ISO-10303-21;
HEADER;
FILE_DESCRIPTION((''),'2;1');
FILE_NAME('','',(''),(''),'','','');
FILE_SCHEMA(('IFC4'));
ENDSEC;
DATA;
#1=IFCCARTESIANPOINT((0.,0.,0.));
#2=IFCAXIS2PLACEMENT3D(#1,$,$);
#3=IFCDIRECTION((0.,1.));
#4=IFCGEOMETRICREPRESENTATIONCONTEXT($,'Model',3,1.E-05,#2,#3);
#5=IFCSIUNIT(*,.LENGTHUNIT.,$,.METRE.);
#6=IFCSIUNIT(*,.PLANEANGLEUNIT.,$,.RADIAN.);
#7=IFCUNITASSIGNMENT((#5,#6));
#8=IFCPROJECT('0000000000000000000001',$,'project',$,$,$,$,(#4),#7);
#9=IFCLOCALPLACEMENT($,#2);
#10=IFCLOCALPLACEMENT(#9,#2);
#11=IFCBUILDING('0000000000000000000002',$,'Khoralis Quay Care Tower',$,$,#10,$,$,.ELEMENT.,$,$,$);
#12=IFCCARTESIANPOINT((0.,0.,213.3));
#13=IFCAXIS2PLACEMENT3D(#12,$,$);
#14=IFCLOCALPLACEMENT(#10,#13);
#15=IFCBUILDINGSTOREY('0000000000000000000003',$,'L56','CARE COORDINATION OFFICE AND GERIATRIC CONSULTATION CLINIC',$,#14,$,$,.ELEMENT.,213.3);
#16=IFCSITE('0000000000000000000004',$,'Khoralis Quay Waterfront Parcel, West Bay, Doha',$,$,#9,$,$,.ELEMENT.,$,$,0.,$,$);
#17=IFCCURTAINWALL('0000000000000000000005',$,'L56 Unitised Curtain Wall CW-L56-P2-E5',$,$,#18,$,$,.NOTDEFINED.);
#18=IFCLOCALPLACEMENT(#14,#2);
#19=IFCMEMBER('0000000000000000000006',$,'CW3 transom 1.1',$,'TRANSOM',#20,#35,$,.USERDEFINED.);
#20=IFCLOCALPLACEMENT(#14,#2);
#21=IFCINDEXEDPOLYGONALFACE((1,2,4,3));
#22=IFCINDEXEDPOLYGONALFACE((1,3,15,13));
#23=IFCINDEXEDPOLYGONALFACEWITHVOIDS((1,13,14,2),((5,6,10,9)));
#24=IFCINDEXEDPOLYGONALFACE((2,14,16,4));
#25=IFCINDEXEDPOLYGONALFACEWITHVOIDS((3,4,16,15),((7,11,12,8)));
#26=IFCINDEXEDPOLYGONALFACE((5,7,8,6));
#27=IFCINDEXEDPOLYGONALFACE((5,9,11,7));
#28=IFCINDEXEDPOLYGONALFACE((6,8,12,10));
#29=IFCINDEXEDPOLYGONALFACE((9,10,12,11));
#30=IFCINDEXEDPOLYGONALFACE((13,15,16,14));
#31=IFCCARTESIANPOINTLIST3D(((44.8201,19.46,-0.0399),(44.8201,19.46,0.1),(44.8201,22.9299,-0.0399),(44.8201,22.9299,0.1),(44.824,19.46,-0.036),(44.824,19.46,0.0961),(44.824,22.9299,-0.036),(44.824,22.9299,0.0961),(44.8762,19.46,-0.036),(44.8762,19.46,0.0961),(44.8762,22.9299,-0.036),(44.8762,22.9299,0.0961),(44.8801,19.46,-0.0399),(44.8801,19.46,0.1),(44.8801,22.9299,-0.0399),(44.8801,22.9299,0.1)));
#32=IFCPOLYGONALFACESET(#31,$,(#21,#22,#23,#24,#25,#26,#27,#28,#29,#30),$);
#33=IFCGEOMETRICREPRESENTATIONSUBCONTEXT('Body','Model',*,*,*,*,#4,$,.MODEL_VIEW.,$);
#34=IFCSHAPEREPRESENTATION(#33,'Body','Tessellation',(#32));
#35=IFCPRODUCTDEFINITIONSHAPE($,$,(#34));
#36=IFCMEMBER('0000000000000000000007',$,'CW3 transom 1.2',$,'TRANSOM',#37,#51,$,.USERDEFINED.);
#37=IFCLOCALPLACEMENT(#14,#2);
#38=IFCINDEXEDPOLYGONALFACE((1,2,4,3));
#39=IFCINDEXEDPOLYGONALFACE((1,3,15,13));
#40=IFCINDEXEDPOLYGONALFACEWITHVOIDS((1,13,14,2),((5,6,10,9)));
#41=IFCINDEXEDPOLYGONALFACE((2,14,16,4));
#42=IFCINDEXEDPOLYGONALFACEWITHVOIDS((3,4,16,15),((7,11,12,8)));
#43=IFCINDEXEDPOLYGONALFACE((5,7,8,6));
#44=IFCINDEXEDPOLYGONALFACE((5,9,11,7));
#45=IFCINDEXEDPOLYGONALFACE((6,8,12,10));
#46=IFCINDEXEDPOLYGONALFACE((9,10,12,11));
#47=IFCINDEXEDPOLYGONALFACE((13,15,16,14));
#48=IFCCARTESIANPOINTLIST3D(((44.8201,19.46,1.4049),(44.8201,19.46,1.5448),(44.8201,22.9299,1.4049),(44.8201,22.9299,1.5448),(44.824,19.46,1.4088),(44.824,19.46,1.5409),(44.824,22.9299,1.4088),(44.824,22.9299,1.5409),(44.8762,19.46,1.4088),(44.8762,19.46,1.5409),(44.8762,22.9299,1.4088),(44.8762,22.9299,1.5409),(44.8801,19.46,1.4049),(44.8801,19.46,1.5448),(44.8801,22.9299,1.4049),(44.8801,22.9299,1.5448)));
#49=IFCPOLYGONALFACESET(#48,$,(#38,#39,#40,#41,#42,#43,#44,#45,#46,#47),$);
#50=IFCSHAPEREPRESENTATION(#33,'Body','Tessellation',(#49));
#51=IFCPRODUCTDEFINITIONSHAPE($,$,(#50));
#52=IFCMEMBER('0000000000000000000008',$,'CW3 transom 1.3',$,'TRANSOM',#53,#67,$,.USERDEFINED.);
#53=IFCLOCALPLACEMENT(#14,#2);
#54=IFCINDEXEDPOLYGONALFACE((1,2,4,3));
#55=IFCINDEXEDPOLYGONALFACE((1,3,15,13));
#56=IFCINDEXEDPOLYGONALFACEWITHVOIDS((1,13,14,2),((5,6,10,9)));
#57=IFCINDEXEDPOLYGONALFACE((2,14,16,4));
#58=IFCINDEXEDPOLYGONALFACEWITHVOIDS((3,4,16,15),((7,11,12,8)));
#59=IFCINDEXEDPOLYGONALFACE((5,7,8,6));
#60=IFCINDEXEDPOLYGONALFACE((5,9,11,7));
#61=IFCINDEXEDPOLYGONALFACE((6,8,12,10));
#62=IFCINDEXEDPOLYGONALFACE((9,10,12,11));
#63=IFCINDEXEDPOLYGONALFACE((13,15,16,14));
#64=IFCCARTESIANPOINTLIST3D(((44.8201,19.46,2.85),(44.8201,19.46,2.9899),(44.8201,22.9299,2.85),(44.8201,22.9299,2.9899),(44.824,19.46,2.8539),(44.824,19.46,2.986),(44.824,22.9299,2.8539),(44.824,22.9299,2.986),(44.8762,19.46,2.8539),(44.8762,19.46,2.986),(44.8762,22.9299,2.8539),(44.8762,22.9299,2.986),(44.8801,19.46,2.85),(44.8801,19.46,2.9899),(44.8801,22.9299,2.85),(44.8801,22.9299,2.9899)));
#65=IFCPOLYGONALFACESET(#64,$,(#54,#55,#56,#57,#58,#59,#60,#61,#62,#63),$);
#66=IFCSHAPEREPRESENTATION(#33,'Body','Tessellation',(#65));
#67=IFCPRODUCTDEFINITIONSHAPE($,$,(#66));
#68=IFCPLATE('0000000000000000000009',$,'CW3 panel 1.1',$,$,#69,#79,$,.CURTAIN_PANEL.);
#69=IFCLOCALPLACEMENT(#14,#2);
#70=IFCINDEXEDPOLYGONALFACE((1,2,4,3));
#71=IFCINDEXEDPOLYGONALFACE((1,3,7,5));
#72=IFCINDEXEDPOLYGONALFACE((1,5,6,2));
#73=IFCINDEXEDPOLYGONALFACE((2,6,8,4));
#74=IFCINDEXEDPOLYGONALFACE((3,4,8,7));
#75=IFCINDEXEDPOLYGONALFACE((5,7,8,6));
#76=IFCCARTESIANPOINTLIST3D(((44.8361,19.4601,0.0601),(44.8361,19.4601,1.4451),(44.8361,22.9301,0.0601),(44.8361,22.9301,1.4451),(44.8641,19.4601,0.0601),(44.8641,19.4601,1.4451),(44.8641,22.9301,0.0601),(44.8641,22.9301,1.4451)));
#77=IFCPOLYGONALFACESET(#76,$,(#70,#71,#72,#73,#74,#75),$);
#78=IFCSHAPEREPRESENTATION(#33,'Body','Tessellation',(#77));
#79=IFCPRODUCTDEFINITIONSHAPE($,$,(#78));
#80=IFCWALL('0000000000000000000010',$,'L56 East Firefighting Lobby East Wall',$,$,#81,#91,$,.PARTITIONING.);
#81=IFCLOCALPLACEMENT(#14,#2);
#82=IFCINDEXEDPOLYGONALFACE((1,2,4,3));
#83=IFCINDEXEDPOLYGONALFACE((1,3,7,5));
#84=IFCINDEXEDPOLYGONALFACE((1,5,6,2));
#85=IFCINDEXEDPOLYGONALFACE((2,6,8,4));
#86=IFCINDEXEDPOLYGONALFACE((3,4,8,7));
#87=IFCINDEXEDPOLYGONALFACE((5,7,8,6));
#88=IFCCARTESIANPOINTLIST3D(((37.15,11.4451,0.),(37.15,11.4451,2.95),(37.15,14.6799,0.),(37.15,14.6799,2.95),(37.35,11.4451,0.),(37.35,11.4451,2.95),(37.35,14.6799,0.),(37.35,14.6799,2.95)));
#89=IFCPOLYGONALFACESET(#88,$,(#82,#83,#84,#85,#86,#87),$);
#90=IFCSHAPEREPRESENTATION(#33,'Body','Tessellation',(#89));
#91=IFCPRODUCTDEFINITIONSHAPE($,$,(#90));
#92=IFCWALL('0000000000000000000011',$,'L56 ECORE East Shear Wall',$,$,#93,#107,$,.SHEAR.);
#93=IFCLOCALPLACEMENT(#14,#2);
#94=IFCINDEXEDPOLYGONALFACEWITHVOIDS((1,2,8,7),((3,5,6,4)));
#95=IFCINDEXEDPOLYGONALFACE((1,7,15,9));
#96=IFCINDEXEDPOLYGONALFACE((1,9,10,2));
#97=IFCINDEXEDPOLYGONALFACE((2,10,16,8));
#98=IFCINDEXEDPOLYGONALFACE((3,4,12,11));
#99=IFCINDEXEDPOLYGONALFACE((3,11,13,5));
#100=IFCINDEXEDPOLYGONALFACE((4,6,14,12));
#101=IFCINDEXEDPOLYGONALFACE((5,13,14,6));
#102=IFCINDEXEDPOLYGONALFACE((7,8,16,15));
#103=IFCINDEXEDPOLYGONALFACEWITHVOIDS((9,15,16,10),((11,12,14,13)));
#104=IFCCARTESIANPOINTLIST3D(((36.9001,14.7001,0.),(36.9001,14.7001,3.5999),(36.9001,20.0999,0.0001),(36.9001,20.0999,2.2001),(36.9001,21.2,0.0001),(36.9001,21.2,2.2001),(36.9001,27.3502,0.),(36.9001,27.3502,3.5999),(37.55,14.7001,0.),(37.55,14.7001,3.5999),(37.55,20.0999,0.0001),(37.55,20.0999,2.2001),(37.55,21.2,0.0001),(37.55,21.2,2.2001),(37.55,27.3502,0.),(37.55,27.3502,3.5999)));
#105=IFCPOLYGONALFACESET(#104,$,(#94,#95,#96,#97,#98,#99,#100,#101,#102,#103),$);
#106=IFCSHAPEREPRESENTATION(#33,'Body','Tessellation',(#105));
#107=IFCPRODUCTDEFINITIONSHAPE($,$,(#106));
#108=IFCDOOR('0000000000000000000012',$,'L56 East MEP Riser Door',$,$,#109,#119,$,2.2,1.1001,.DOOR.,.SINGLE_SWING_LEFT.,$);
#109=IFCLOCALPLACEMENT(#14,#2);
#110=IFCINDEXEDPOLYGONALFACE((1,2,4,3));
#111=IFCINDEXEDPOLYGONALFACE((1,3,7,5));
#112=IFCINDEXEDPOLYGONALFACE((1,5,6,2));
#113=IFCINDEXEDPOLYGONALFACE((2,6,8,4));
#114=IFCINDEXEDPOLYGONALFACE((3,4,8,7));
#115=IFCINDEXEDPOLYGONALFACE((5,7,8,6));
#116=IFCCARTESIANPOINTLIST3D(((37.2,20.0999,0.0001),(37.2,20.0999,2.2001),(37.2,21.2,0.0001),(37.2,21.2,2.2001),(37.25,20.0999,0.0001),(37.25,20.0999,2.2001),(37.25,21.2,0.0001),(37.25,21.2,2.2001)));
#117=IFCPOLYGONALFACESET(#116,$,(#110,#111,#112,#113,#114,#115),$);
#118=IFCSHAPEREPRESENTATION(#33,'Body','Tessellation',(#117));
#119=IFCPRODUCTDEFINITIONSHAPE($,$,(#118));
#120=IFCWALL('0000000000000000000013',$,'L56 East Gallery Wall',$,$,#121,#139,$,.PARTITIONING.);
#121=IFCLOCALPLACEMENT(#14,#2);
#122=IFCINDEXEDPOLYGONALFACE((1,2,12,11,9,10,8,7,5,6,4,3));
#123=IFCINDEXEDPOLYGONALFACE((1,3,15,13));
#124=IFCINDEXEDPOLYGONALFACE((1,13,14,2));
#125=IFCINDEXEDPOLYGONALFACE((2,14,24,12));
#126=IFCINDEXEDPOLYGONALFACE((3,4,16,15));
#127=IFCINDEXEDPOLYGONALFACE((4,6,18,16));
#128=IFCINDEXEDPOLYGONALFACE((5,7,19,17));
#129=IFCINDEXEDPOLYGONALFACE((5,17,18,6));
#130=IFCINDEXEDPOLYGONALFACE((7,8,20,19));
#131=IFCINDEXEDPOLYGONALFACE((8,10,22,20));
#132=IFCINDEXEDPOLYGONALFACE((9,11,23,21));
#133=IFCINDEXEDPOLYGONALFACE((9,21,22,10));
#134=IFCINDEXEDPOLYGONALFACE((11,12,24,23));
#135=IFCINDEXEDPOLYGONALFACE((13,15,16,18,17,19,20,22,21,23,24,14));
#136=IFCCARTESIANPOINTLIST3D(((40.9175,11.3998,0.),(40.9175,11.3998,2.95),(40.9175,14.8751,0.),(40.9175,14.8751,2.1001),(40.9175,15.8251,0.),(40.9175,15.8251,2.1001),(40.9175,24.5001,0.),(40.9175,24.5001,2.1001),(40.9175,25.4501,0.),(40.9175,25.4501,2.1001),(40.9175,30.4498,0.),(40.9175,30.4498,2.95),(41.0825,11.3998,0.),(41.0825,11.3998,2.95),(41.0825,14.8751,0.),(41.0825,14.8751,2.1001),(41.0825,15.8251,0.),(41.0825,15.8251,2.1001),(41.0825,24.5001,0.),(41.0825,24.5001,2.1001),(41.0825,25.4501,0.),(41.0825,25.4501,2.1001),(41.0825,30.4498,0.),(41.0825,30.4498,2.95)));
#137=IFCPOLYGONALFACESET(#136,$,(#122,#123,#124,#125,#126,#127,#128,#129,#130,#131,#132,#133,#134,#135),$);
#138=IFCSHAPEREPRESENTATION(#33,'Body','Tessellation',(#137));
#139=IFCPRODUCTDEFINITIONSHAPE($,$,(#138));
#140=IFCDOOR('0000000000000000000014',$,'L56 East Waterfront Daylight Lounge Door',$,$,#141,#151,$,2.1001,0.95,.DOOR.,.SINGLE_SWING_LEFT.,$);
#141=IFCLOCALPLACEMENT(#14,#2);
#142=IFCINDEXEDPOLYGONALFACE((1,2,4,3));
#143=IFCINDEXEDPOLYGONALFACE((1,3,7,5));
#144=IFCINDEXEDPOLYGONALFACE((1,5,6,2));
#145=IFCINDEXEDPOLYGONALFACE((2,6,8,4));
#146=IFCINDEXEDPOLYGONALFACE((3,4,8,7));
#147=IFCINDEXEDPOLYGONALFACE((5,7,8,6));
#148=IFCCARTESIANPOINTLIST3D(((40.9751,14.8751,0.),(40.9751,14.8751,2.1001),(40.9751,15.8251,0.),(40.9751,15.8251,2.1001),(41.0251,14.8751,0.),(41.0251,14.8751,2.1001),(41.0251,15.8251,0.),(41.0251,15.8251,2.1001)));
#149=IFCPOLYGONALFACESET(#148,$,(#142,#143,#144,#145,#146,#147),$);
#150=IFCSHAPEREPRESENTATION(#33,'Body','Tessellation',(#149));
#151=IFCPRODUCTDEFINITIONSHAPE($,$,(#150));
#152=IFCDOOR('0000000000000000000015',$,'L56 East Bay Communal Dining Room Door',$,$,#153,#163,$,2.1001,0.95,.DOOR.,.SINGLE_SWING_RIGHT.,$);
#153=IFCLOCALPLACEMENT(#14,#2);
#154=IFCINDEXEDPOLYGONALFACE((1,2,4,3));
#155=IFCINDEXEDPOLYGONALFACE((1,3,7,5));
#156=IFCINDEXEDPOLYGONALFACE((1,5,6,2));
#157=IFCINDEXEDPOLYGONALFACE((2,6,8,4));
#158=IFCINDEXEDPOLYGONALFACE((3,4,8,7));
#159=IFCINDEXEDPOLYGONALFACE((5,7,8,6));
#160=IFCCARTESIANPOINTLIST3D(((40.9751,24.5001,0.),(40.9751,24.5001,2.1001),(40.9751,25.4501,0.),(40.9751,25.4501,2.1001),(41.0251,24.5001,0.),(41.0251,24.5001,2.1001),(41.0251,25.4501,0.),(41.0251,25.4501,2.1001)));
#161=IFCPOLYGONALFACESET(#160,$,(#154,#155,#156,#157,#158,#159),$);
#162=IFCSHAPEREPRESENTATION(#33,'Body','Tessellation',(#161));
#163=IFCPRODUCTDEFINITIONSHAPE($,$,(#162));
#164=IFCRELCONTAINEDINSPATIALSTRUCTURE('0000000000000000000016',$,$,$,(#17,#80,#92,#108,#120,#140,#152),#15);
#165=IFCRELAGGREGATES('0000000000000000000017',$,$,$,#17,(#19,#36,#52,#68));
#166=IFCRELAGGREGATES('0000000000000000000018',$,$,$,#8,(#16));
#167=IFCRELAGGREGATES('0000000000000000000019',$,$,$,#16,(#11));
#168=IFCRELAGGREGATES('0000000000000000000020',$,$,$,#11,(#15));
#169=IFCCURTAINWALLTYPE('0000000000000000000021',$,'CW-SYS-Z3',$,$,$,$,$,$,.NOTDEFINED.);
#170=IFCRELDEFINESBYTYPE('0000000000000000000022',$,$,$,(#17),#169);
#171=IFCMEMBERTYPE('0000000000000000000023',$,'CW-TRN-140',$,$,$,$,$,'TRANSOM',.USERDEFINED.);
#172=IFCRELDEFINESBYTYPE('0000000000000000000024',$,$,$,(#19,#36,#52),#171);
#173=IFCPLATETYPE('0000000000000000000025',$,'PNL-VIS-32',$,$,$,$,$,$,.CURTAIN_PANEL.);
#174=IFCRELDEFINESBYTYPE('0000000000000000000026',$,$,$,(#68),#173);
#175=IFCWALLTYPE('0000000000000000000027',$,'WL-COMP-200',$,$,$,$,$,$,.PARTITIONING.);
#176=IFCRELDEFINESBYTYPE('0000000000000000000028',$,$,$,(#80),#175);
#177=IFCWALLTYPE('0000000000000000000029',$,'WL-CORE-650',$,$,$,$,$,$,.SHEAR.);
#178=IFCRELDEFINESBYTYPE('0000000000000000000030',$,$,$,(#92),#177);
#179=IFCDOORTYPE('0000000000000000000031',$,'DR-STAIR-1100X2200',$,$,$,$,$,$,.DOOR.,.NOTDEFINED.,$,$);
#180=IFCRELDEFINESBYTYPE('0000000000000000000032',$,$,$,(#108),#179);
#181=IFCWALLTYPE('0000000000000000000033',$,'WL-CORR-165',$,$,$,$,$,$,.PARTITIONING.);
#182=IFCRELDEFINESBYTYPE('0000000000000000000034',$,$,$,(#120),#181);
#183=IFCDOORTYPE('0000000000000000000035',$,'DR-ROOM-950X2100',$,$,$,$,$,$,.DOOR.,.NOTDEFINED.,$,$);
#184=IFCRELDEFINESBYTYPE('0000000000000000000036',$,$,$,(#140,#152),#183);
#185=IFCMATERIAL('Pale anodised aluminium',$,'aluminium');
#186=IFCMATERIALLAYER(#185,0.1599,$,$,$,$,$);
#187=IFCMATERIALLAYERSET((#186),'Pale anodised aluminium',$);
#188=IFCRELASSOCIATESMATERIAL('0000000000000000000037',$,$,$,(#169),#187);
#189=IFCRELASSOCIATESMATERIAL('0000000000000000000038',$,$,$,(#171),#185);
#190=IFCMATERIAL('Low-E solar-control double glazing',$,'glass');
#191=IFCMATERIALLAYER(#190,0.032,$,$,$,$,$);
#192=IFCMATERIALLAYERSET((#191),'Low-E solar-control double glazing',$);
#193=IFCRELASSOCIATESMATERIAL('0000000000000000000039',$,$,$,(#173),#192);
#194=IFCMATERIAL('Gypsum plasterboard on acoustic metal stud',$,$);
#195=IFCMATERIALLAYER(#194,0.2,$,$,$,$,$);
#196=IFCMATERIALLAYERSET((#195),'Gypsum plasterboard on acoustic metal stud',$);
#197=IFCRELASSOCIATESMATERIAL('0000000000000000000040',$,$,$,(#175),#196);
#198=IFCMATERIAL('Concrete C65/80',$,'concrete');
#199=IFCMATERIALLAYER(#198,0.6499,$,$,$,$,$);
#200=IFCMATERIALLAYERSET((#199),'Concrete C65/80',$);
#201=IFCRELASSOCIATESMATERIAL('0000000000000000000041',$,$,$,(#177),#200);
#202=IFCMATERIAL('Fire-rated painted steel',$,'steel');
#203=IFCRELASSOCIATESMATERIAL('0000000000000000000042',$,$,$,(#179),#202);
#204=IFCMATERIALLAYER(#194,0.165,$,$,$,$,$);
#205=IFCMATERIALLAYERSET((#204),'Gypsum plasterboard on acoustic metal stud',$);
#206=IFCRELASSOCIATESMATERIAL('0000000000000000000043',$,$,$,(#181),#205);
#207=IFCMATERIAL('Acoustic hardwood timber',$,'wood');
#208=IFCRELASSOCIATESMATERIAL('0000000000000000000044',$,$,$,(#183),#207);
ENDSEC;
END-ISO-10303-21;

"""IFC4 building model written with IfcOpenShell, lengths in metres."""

from ifc_helpers import new_model, si_unit, direction, frame, frame_2d, origin, origin_2d, place, context, subcontext, project, spatial, rectangle, hollow_rectangle, extrude, source, transform, mapped, material, layer, layer_set, material_profile, profile_set, type_object, element, fill, aggregate, save


model = new_model("IFC4")

# Units and contexts
model_context = context("Model", 3, precision=1e-05, world=origin(), true_north=direction((0.0, 1.0)))
body_context = subcontext(model_context, "Body", "Model", "MODEL_VIEW")
ifc_project = project(units=[si_unit("LENGTHUNIT", "METRE"), si_unit("PLANEANGLEUNIT", "RADIAN")], contexts=[model_context])

# Site, building, storey
site_placement = place(None, origin())
site = spatial("IfcSite", under=ifc_project, at=site_placement, Name="Khoralis Quay Waterfront Parcel, West Bay, Doha", CompositionType="ELEMENT", RefElevation=0.0)
building_placement = place(site_placement, origin())
building = spatial("IfcBuilding", under=site, at=building_placement, Name="Khoralis Quay Care Tower", CompositionType="ELEMENT")
storey_placement = place(building_placement, frame((0.0, 0.0, 213.3)))
storey = spatial("IfcBuildingStorey", under=building, at=storey_placement, Name="L56", Description="CARE COORDINATION OFFICE AND GERIATRIC CONSULTATION CLINIC", CompositionType="ELEMENT", Elevation=213.3)

# Shared definitions
ifc_material_1 = material(Name="Concrete C65/80", Category="concrete")

# Curtain wall, members, plate
ifc_material_2 = material(Name="Pale anodised aluminium", Category="aluminium")
ifc_layer_1 = layer(ifc_material_2, 0.1599)
ifc_layer_set_1 = layer_set([ifc_layer_1], Name="Pale anodised aluminium")
curtain_wall_type = type_object("IfcCurtainWallType", Name="CW-SYS-Z3", PredefinedType="NOTDEFINED", material=ifc_layer_set_1)
curtain_wall_placement = place(storey_placement, origin())
curtain_wall = element("IfcCurtainWall", 1, at=curtain_wall_placement, inside=storey, type_object=curtain_wall_type, Name="L56 Unitised Curtain Wall CW-L56-P2-E5", PredefinedType="NOTDEFINED")
ifc_material_profile_1 = material_profile(ifc_material_2, hollow_rectangle(XDim=0.0601, YDim=0.1399, WallThickness=0.0039, at=origin_2d()), Name="Pale anodised aluminium")
ifc_profile_set_1 = profile_set([ifc_material_profile_1], Name="Pale anodised aluminium")
member_type_1 = type_object("IfcMemberType", Name="CW-TRN-140", ElementType="TRANSOM", PredefinedType="USERDEFINED", material=ifc_profile_set_1)
shared_shape_1 = source(origin(), body_context, "Body", "SweptSolid", [
    extrude(hollow_rectangle(XDim=0.0601, YDim=0.1399, WallThickness=0.0039, at=origin_2d()), origin(), (0.0, 0.0, 1.0), 3.47),
])
member_1_placement = place(storey_placement, frame((44.8501, 19.46, 0.03), z_axis=(0.0, 1.0, 0.0), x_axis=(-1.0, 0.0, 0.0)))
member_1 = element("IfcMember", 2, at=member_1_placement, type_object=member_type_1, Name="CW3 transom 1.1", ObjectType="TRANSOM", PredefinedType="USERDEFINED", context=body_context, shape_type="MappedRepresentation", body=[
    mapped(shared_shape_1, transform((0.0, 0.0, 0.0), scale=1.0)),
])
member_2_placement = place(storey_placement, frame((44.8501, 19.46, 1.4749), z_axis=(0.0, 1.0, 0.0), x_axis=(-1.0, 0.0, 0.0)))
member_2 = element("IfcMember", 3, at=member_2_placement, type_object=member_type_1, Name="CW3 transom 1.2", ObjectType="TRANSOM", PredefinedType="USERDEFINED", context=body_context, shape_type="MappedRepresentation", body=[
    mapped(shared_shape_1, transform((0.0, 0.0, 0.0), scale=1.0)),
])
member_3_placement = place(storey_placement, frame((44.8501, 19.46, 2.9199), z_axis=(0.0, 1.0, 0.0), x_axis=(-1.0, 0.0, 0.0)))
member_3 = element("IfcMember", 4, at=member_3_placement, type_object=member_type_1, Name="CW3 transom 1.3", ObjectType="TRANSOM", PredefinedType="USERDEFINED", context=body_context, shape_type="MappedRepresentation", body=[
    mapped(shared_shape_1, transform((0.0, 0.0, 0.0), scale=1.0)),
])
ifc_material_3 = material(Name="Low-E solar-control double glazing", Category="glass")
ifc_layer_2 = layer(ifc_material_3, 0.032)
ifc_layer_set_2 = layer_set([ifc_layer_2], Name="Low-E solar-control double glazing")
plate_type = type_object("IfcPlateType", Name="PNL-VIS-32", PredefinedType="CURTAIN_PANEL", material=ifc_layer_set_2)
shared_shape_2 = source(origin(), body_context, "Body", "SweptSolid", [
    extrude(rectangle(XDim=3.47, YDim=0.0281, at=origin_2d()), origin(), (0.0, 0.0, 1.0), 1.385),
])
plate_placement = place(storey_placement, frame((44.8501, 21.1951, 0.0601), z_axis=(0.0, 0.0, 1.0), x_axis=(0.0, 1.0, 0.0)))
plate = element("IfcPlate", 5, at=plate_placement, type_object=plate_type, Name="CW3 panel 1.1", PredefinedType="CURTAIN_PANEL", context=body_context, shape_type="MappedRepresentation", body=[
    mapped(shared_shape_2, transform((0.0, 0.0, 0.0), scale=1.0)),
])
aggregate(curtain_wall, [member_1, member_2, member_3, plate])

# Wall
ifc_material_4 = material(Name="Gypsum plasterboard on acoustic metal stud")
ifc_layer_3 = layer(ifc_material_4, 0.2)
ifc_layer_set_3 = layer_set([ifc_layer_3], Name="Gypsum plasterboard on acoustic metal stud")
wall_type_1 = type_object("IfcWallType", Name="WL-COMP-200", PredefinedType="PARTITIONING", material=ifc_layer_set_3)
wall_1_placement = place(storey_placement, frame((37.25, 11.4451, 0.0), z_axis=(0.0, 0.0, 1.0), x_axis=(0.0, 1.0, 0.0)))
element("IfcWall", 6, at=wall_1_placement, inside=storey, type_object=wall_type_1, Name="L56 East Firefighting Lobby East Wall", PredefinedType="PARTITIONING", context=body_context, shape_type="SweptSolid", body=[
    extrude(rectangle(XDim=3.2349, YDim=0.2, at=frame_2d((1.6174, 0.0))), origin(), (0.0, 0.0, 1.0), 2.95),
])

# Wall, opening, door
ifc_layer_4 = layer(ifc_material_1, 0.6499)
ifc_layer_set_4 = layer_set([ifc_layer_4], Name="Concrete C65/80")
wall_type_2 = type_object("IfcWallType", Name="WL-CORE-650", PredefinedType="SHEAR", material=ifc_layer_set_4)
wall_2_placement = place(storey_placement, frame((37.2251, 14.7, 0.0), z_axis=(0.0, 0.0, 1.0), x_axis=(0.0, 1.0, 0.0)))
wall_2 = element("IfcWall", 7, at=wall_2_placement, inside=storey, type_object=wall_type_2, Name="L56 ECORE East Shear Wall", PredefinedType="SHEAR", context=body_context, shape_type="SweptSolid", body=[
    extrude(rectangle(XDim=12.6501, YDim=0.6499, at=frame_2d((6.3252, 0.0))), origin(), (0.0, 0.0, 1.0), 3.5999),
])
opening_1_placement = place(wall_2_placement, frame((5.3999, 0.0, 0.0)))
opening_1 = element("IfcOpeningElement", 8, at=opening_1_placement, cuts=wall_2, PredefinedType="OPENING", context=body_context, shape_type="SweptSolid", body=[
    extrude(rectangle(XDim=1.1001, YDim=2.2, at=frame_2d((0.55, 1.1001))), frame((0.0, 0.335, 0.0), z_axis=(0.0, -1.0, 0.0), x_axis=(1.0, 0.0, 0.0)), (0.0, 0.0, 1.0), 0.6699),
])
ifc_material_5 = material(Name="Fire-rated painted steel", Category="steel")
door_type_1 = type_object("IfcDoorType", Name="DR-STAIR-1100X2200", OperationType="NOTDEFINED", PredefinedType="DOOR", material=ifc_material_5)
shared_shape_3 = source(origin(), body_context, "Body", "SweptSolid", [
    extrude(rectangle(XDim=1.1001, YDim=2.2, at=frame_2d((0.55, 1.1001))), frame((0.0, 0.0249, 0.0), z_axis=(0.0, -1.0, 0.0), x_axis=(1.0, 0.0, 0.0)), (0.0, 0.0, 1.0), 0.05),
])
door_1_placement = place(opening_1_placement, frame((1.1001, 0.0, 0.0), z_axis=(0.0, 0.0, 1.0), x_axis=(-1.0, 0.0, 0.0)))
door_1 = element("IfcDoor", 9, at=door_1_placement, inside=storey, type_object=door_type_1, Name="L56 East MEP Riser Door", OperationType="SINGLE_SWING_LEFT", OverallHeight=2.2, OverallWidth=1.1001, PredefinedType="DOOR", context=body_context, shape_type="MappedRepresentation", body=[
    mapped(shared_shape_3, transform((0.0, 0.0, 0.0), scale=1.0)),
])
fill(opening_1, door_1)

# Wall, openings, doors
ifc_layer_5 = layer(ifc_material_4, 0.165)
ifc_layer_set_5 = layer_set([ifc_layer_5], Name="Gypsum plasterboard on acoustic metal stud")
wall_type_3 = type_object("IfcWallType", Name="WL-CORR-165", PredefinedType="PARTITIONING", material=ifc_layer_set_5)
wall_3_placement = place(storey_placement, frame((41.0, 11.3999, 0.0), z_axis=(0.0, 0.0, 1.0), x_axis=(0.0, 1.0, 0.0)))
wall_3 = element("IfcWall", 10, at=wall_3_placement, inside=storey, type_object=wall_type_3, Name="L56 East Gallery Wall", PredefinedType="PARTITIONING", context=body_context, shape_type="SweptSolid", body=[
    extrude(rectangle(XDim=19.05, YDim=0.165, at=frame_2d((9.5249, 0.0))), origin(), (0.0, 0.0, 1.0), 2.95),
])
opening_2_placement = place(wall_3_placement, frame((3.4751, 0.0, 0.0)))
opening_2 = element("IfcOpeningElement", 11, at=opening_2_placement, cuts=wall_3, PredefinedType="OPENING", context=body_context, shape_type="SweptSolid", body=[
    extrude(rectangle(XDim=0.95, YDim=2.1001, at=frame_2d((0.4751, 1.05))), frame((0.0, 0.0925, 0.0), z_axis=(0.0, -1.0, 0.0), x_axis=(1.0, 0.0, 0.0)), (0.0, 0.0, 1.0), 0.1851),
])
opening_3_placement = place(wall_3_placement, frame((13.1001, 0.0, 0.0)))
opening_3 = element("IfcOpeningElement", 12, at=opening_3_placement, cuts=wall_3, PredefinedType="OPENING", context=body_context, shape_type="SweptSolid", body=[
    extrude(rectangle(XDim=0.95, YDim=2.1001, at=frame_2d((0.4751, 1.05))), frame((0.0, 0.0925, 0.0), z_axis=(0.0, -1.0, 0.0), x_axis=(1.0, 0.0, 0.0)), (0.0, 0.0, 1.0), 0.1851),
])
ifc_material_6 = material(Name="Acoustic hardwood timber", Category="wood")
door_type_2 = type_object("IfcDoorType", Name="DR-ROOM-950X2100", OperationType="NOTDEFINED", PredefinedType="DOOR", material=ifc_material_6)
shared_shape_4 = source(origin(), body_context, "Body", "SweptSolid", [
    extrude(rectangle(XDim=0.95, YDim=2.1001, at=frame_2d((0.4751, 1.05))), frame((0.0, 0.0249, 0.0), z_axis=(0.0, -1.0, 0.0), x_axis=(1.0, 0.0, 0.0)), (0.0, 0.0, 1.0), 0.05),
])
door_2_placement = place(opening_2_placement, origin())
door_2 = element("IfcDoor", 13, at=door_2_placement, inside=storey, type_object=door_type_2, Name="L56 East Waterfront Daylight Lounge Door", OperationType="SINGLE_SWING_LEFT", OverallHeight=2.1001, OverallWidth=0.95, PredefinedType="DOOR", context=body_context, shape_type="MappedRepresentation", body=[
    mapped(shared_shape_4, transform((0.0, 0.0, 0.0), scale=1.0)),
])
fill(opening_2, door_2)
door_3_placement = place(opening_3_placement, origin())
door_3 = element("IfcDoor", 14, at=door_3_placement, inside=storey, type_object=door_type_2, Name="L56 East Bay Communal Dining Room Door", OperationType="SINGLE_SWING_RIGHT", OverallHeight=2.1001, OverallWidth=0.95, PredefinedType="DOOR", context=body_context, shape_type="MappedRepresentation", body=[
    mapped(shared_shape_4, transform((0.0, 0.0, 0.0), scale=1.0)),
])
fill(opening_3, door_3)

save(model, "model.ifc")
